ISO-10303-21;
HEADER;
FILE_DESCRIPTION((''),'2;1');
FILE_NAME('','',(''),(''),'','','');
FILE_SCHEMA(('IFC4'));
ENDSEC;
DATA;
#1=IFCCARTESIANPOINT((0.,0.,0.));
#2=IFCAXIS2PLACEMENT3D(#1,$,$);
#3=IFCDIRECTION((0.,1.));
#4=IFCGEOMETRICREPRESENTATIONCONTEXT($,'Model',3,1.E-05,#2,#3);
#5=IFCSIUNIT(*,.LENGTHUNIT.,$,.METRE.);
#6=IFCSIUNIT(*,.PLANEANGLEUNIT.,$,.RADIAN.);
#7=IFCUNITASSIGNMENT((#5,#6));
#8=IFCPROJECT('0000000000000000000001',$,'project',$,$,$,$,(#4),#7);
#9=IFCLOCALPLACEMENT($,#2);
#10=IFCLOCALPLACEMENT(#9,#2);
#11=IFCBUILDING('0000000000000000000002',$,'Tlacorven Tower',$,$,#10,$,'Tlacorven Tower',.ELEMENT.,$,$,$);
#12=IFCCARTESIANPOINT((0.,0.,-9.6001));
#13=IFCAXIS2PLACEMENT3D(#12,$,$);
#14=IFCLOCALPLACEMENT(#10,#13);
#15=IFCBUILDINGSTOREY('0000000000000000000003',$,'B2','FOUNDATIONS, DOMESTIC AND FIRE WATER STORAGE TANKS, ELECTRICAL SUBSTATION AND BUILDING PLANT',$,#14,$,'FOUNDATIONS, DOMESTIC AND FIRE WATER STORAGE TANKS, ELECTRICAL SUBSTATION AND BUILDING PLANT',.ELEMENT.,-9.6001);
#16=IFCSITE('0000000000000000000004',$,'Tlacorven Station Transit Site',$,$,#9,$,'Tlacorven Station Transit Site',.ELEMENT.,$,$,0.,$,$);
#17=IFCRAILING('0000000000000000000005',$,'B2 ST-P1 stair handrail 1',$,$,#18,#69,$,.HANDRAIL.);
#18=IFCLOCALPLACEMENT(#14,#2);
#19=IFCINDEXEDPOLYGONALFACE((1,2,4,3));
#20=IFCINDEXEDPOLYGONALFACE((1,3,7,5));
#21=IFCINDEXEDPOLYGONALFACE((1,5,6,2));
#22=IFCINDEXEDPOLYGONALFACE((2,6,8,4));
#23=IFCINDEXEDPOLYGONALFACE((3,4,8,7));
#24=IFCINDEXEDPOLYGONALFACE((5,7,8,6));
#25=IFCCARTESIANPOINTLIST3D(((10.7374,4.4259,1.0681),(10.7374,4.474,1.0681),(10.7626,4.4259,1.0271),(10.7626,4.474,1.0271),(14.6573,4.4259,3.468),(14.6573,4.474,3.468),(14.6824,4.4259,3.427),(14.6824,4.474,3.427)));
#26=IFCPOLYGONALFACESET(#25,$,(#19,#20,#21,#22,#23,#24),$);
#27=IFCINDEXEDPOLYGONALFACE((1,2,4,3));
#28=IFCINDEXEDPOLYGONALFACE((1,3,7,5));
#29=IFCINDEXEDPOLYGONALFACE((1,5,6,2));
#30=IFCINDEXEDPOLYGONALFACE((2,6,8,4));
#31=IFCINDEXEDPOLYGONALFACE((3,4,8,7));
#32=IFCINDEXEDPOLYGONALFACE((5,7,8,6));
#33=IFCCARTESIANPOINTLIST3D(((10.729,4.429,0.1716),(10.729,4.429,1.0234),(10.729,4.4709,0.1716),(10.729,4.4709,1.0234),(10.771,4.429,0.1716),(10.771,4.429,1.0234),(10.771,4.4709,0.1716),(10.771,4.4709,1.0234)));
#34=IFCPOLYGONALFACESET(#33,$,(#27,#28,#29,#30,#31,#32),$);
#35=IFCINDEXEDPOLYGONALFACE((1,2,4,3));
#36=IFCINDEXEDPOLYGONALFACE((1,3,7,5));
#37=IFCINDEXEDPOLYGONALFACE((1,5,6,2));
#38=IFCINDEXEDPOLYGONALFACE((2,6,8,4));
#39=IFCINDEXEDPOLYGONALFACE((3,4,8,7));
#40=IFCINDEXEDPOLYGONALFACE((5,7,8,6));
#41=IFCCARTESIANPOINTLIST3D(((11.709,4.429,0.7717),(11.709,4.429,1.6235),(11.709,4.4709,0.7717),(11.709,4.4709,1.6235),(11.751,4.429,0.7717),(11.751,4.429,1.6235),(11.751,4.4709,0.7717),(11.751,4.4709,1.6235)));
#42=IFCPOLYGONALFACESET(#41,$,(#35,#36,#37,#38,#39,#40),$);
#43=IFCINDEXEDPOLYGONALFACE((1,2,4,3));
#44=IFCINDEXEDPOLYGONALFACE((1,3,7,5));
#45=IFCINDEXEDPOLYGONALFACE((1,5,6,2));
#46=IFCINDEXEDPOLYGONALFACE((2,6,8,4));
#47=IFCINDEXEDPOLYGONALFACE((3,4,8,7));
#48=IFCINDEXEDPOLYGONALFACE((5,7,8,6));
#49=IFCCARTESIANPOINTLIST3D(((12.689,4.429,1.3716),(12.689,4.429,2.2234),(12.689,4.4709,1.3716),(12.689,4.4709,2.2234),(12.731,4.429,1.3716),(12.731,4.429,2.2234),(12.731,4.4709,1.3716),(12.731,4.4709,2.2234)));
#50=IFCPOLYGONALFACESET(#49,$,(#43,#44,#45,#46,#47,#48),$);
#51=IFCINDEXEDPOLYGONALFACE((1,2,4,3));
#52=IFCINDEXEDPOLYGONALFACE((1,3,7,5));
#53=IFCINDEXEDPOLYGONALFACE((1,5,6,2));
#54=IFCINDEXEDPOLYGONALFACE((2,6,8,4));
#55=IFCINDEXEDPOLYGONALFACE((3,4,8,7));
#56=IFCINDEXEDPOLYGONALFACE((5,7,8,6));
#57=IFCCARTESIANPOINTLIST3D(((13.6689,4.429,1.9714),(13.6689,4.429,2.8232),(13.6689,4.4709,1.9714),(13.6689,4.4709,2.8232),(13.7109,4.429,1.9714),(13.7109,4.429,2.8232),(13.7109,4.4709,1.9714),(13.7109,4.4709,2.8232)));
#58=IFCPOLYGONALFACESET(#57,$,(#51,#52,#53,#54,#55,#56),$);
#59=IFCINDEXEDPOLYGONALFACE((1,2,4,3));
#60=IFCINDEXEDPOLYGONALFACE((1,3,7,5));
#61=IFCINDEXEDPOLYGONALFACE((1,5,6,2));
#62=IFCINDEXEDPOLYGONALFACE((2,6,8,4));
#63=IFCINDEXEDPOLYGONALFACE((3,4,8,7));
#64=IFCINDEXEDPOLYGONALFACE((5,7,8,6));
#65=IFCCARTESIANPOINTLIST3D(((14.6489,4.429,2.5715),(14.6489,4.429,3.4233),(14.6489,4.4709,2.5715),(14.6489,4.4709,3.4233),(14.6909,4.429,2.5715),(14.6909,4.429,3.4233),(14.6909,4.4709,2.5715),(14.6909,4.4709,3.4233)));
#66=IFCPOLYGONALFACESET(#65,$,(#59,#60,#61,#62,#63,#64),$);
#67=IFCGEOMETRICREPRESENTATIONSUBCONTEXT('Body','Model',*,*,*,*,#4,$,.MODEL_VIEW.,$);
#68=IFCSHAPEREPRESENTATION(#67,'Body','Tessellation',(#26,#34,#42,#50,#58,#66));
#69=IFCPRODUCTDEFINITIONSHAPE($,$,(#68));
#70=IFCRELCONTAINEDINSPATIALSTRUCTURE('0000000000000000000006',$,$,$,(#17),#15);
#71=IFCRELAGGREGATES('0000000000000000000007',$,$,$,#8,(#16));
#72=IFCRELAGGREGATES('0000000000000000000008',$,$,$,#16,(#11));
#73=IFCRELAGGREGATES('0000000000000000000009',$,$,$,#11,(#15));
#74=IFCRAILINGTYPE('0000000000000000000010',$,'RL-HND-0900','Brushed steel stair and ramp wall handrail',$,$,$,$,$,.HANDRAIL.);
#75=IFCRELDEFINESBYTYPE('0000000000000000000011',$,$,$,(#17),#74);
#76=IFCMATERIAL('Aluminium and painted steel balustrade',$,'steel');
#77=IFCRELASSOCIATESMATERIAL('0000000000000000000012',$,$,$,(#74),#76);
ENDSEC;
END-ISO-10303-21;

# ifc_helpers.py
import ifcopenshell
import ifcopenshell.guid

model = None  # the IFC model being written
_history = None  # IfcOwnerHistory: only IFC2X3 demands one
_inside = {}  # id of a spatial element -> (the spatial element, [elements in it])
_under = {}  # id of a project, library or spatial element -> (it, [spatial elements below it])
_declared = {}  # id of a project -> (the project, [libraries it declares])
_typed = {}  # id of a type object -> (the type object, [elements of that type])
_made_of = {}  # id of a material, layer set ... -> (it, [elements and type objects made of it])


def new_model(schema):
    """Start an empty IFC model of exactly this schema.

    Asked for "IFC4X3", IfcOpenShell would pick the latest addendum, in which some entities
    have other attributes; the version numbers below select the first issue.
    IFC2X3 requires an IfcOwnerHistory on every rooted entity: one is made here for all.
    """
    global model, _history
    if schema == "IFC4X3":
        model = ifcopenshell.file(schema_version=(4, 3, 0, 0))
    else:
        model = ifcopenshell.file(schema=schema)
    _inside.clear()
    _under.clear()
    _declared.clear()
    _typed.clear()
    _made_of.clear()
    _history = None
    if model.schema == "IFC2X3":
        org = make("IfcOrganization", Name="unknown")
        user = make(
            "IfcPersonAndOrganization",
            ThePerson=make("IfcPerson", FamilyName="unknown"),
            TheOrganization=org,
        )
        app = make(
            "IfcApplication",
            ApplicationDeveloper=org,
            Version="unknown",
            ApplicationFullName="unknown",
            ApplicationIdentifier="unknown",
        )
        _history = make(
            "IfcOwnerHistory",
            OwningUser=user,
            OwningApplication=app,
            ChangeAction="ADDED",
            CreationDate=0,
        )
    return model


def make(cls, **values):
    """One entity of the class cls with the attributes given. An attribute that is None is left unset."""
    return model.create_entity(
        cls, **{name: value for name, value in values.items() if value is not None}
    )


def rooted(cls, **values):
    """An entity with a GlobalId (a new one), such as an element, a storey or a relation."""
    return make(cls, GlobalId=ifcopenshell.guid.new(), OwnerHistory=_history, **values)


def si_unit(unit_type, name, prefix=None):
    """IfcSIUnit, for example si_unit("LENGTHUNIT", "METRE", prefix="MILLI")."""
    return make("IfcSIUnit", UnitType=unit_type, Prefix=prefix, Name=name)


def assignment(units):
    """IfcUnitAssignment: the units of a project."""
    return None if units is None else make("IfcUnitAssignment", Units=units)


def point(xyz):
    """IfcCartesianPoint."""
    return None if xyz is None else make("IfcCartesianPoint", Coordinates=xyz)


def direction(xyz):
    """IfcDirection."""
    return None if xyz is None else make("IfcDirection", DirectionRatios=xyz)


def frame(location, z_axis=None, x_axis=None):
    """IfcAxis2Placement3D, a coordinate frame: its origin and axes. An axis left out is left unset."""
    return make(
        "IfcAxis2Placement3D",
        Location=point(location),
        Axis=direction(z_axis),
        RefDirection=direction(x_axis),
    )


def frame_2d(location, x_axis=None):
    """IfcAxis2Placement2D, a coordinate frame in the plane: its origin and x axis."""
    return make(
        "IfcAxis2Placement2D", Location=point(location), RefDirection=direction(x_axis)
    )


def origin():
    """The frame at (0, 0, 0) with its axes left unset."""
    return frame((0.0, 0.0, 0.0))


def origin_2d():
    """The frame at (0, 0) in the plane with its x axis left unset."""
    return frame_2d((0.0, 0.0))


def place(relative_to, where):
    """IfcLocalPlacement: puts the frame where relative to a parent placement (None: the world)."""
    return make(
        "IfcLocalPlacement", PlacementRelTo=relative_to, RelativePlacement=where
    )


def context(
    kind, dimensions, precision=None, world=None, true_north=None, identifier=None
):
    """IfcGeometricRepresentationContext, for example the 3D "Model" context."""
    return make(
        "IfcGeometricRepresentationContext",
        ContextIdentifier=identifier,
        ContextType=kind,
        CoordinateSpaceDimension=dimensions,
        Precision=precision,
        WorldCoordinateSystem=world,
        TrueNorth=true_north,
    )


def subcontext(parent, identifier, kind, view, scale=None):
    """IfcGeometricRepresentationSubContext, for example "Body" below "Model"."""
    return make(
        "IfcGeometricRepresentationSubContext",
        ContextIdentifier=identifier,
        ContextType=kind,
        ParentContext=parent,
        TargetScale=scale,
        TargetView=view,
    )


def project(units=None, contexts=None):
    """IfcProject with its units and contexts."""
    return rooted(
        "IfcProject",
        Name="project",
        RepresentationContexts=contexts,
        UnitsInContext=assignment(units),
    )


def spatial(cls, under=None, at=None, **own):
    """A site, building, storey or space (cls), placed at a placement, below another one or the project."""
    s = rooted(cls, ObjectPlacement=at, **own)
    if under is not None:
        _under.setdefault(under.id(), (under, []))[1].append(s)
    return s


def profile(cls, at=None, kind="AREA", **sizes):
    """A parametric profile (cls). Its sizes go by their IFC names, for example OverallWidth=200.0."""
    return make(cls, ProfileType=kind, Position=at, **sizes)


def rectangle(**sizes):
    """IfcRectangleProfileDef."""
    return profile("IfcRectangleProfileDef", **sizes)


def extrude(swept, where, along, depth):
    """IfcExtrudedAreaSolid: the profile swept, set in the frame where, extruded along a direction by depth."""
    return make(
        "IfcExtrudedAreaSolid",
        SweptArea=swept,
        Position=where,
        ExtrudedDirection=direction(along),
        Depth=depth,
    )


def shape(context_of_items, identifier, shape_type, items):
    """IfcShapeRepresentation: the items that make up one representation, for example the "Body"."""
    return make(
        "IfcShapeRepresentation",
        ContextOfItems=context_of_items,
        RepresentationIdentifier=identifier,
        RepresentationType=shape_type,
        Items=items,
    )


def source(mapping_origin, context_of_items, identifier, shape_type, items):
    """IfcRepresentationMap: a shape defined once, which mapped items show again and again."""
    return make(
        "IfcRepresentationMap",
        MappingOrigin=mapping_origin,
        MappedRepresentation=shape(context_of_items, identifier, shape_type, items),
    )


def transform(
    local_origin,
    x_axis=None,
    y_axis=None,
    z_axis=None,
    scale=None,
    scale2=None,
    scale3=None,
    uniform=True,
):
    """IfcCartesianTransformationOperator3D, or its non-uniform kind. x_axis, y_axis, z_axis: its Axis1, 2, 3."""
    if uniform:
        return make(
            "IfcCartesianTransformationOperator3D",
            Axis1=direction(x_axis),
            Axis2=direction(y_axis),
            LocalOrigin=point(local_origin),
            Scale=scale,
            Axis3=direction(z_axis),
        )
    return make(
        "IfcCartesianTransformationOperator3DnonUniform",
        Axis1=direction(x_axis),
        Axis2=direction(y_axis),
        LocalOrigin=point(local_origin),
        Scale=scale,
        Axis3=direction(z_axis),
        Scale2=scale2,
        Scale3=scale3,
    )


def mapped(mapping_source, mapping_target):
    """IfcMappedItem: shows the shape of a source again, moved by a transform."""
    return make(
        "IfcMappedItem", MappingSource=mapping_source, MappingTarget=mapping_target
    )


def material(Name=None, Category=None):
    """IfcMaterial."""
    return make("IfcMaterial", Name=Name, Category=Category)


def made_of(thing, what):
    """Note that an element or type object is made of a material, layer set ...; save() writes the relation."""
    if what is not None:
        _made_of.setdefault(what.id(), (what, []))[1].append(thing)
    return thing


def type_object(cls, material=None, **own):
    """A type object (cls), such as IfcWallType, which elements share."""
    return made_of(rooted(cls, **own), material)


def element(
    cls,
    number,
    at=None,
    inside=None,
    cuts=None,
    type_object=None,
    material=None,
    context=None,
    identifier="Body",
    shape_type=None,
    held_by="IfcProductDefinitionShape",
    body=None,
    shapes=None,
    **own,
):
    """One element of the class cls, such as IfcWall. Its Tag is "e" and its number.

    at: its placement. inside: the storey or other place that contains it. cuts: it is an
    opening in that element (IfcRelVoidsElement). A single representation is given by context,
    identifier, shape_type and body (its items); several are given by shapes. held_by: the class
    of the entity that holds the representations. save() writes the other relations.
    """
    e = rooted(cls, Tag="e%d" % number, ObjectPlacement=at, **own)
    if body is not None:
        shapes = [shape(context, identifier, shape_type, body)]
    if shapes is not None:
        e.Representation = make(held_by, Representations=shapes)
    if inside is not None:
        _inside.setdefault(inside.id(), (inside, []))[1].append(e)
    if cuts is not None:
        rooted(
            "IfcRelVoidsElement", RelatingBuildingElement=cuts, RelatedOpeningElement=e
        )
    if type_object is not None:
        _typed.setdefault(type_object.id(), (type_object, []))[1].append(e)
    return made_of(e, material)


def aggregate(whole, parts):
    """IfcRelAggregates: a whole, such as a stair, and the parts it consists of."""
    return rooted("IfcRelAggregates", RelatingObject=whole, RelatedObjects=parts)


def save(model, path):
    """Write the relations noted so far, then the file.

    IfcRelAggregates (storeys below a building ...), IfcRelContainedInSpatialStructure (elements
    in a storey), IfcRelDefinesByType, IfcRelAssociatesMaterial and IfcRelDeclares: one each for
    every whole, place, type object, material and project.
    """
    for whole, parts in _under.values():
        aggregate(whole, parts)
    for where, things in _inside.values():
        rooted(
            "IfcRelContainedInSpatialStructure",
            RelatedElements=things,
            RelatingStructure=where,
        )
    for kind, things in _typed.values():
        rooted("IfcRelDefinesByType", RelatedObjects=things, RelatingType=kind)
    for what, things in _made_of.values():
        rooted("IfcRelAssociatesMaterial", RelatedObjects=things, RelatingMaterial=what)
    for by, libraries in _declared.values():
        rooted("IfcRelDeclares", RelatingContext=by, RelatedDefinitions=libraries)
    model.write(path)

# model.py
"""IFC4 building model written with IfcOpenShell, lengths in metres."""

from ifc_helpers import new_model, si_unit, direction, frame, origin, origin_2d, place, context, subcontext, project, spatial, rectangle, extrude, source, transform, mapped, material, type_object, element, save


model = new_model("IFC4")

# Units and contexts
model_context = context("Model", 3, precision=1e-05, world=origin(), true_north=direction((0.0, 1.0)))
body_context = subcontext(model_context, "Body", "Model", "MODEL_VIEW")
ifc_project = project(units=[si_unit("LENGTHUNIT", "METRE"), si_unit("PLANEANGLEUNIT", "RADIAN")], contexts=[model_context])

# Site, building, storey
site_placement = place(None, origin())
site = spatial("IfcSite", under=ifc_project, at=site_placement, Name="Tlacorven Station Transit Site", LongName="Tlacorven Station Transit Site", CompositionType="ELEMENT", RefElevation=0.0)
building_placement = place(site_placement, origin())
building = spatial("IfcBuilding", under=site, at=building_placement, Name="Tlacorven Tower", LongName="Tlacorven Tower", CompositionType="ELEMENT")
storey_placement = place(building_placement, frame((0.0, 0.0, -9.6001)))
storey = spatial("IfcBuildingStorey", under=building, at=storey_placement, Name="B2", Description="FOUNDATIONS, DOMESTIC AND FIRE WATER STORAGE TANKS, ELECTRICAL SUBSTATION AND BUILDING PLANT", LongName="FOUNDATIONS, DOMESTIC AND FIRE WATER STORAGE TANKS, ELECTRICAL SUBSTATION AND BUILDING PLANT", CompositionType="ELEMENT", Elevation=-9.6001)

# Railing
ifc_material_1 = material(Name="Aluminium and painted steel balustrade", Category="steel")
railing_type_1 = type_object("IfcRailingType", Name="RL-HND-0900", Description="Brushed steel stair and ramp wall handrail", PredefinedType="HANDRAIL", material=ifc_material_1)
shared_shape_1 = source(origin(), body_context, "Body", "SweptSolid", [
    extrude(rectangle(XDim=0.0481, YDim=0.0481, at=origin_2d()), frame((0.0, 0.0, 0.876), z_axis=(0.852856, 0.0, 0.522146), x_axis=(0.0, 1.0, 0.0)), (0.0, 0.0, 1.0), 4.5962),
    extrude(rectangle(XDim=0.042, YDim=0.042, at=origin_2d()), origin(), (0.0, 0.0, 1.0), 0.8518),
    extrude(rectangle(XDim=0.042, YDim=0.042, at=origin_2d()), frame((0.98, 0.0, 0.6001)), (0.0, 0.0, 1.0), 0.8518),
    extrude(rectangle(XDim=0.042, YDim=0.042, at=origin_2d()), frame((1.96, 0.0, 1.2)), (0.0, 0.0, 1.0), 0.8518),
    extrude(rectangle(XDim=0.042, YDim=0.042, at=origin_2d()), frame((2.9399, 0.0, 1.7998)), (0.0, 0.0, 1.0), 0.8518),
    extrude(rectangle(XDim=0.042, YDim=0.042, at=origin_2d()), frame((3.9199, 0.0, 2.3999)), (0.0, 0.0, 1.0), 0.8518),
])
railing_1_placement = place(storey_placement, frame((10.75, 4.45, 0.1716)))
element("IfcRailing", 1, at=railing_1_placement, inside=storey, type_object=railing_type_1, Name="B2 ST-P1 stair handrail 1", PredefinedType="HANDRAIL", context=body_context, shape_type="MappedRepresentation", body=[
    mapped(shared_shape_1, transform((0.0, 0.0, 0.0), scale=1.0)),
])

save(model, "model.ifc")
